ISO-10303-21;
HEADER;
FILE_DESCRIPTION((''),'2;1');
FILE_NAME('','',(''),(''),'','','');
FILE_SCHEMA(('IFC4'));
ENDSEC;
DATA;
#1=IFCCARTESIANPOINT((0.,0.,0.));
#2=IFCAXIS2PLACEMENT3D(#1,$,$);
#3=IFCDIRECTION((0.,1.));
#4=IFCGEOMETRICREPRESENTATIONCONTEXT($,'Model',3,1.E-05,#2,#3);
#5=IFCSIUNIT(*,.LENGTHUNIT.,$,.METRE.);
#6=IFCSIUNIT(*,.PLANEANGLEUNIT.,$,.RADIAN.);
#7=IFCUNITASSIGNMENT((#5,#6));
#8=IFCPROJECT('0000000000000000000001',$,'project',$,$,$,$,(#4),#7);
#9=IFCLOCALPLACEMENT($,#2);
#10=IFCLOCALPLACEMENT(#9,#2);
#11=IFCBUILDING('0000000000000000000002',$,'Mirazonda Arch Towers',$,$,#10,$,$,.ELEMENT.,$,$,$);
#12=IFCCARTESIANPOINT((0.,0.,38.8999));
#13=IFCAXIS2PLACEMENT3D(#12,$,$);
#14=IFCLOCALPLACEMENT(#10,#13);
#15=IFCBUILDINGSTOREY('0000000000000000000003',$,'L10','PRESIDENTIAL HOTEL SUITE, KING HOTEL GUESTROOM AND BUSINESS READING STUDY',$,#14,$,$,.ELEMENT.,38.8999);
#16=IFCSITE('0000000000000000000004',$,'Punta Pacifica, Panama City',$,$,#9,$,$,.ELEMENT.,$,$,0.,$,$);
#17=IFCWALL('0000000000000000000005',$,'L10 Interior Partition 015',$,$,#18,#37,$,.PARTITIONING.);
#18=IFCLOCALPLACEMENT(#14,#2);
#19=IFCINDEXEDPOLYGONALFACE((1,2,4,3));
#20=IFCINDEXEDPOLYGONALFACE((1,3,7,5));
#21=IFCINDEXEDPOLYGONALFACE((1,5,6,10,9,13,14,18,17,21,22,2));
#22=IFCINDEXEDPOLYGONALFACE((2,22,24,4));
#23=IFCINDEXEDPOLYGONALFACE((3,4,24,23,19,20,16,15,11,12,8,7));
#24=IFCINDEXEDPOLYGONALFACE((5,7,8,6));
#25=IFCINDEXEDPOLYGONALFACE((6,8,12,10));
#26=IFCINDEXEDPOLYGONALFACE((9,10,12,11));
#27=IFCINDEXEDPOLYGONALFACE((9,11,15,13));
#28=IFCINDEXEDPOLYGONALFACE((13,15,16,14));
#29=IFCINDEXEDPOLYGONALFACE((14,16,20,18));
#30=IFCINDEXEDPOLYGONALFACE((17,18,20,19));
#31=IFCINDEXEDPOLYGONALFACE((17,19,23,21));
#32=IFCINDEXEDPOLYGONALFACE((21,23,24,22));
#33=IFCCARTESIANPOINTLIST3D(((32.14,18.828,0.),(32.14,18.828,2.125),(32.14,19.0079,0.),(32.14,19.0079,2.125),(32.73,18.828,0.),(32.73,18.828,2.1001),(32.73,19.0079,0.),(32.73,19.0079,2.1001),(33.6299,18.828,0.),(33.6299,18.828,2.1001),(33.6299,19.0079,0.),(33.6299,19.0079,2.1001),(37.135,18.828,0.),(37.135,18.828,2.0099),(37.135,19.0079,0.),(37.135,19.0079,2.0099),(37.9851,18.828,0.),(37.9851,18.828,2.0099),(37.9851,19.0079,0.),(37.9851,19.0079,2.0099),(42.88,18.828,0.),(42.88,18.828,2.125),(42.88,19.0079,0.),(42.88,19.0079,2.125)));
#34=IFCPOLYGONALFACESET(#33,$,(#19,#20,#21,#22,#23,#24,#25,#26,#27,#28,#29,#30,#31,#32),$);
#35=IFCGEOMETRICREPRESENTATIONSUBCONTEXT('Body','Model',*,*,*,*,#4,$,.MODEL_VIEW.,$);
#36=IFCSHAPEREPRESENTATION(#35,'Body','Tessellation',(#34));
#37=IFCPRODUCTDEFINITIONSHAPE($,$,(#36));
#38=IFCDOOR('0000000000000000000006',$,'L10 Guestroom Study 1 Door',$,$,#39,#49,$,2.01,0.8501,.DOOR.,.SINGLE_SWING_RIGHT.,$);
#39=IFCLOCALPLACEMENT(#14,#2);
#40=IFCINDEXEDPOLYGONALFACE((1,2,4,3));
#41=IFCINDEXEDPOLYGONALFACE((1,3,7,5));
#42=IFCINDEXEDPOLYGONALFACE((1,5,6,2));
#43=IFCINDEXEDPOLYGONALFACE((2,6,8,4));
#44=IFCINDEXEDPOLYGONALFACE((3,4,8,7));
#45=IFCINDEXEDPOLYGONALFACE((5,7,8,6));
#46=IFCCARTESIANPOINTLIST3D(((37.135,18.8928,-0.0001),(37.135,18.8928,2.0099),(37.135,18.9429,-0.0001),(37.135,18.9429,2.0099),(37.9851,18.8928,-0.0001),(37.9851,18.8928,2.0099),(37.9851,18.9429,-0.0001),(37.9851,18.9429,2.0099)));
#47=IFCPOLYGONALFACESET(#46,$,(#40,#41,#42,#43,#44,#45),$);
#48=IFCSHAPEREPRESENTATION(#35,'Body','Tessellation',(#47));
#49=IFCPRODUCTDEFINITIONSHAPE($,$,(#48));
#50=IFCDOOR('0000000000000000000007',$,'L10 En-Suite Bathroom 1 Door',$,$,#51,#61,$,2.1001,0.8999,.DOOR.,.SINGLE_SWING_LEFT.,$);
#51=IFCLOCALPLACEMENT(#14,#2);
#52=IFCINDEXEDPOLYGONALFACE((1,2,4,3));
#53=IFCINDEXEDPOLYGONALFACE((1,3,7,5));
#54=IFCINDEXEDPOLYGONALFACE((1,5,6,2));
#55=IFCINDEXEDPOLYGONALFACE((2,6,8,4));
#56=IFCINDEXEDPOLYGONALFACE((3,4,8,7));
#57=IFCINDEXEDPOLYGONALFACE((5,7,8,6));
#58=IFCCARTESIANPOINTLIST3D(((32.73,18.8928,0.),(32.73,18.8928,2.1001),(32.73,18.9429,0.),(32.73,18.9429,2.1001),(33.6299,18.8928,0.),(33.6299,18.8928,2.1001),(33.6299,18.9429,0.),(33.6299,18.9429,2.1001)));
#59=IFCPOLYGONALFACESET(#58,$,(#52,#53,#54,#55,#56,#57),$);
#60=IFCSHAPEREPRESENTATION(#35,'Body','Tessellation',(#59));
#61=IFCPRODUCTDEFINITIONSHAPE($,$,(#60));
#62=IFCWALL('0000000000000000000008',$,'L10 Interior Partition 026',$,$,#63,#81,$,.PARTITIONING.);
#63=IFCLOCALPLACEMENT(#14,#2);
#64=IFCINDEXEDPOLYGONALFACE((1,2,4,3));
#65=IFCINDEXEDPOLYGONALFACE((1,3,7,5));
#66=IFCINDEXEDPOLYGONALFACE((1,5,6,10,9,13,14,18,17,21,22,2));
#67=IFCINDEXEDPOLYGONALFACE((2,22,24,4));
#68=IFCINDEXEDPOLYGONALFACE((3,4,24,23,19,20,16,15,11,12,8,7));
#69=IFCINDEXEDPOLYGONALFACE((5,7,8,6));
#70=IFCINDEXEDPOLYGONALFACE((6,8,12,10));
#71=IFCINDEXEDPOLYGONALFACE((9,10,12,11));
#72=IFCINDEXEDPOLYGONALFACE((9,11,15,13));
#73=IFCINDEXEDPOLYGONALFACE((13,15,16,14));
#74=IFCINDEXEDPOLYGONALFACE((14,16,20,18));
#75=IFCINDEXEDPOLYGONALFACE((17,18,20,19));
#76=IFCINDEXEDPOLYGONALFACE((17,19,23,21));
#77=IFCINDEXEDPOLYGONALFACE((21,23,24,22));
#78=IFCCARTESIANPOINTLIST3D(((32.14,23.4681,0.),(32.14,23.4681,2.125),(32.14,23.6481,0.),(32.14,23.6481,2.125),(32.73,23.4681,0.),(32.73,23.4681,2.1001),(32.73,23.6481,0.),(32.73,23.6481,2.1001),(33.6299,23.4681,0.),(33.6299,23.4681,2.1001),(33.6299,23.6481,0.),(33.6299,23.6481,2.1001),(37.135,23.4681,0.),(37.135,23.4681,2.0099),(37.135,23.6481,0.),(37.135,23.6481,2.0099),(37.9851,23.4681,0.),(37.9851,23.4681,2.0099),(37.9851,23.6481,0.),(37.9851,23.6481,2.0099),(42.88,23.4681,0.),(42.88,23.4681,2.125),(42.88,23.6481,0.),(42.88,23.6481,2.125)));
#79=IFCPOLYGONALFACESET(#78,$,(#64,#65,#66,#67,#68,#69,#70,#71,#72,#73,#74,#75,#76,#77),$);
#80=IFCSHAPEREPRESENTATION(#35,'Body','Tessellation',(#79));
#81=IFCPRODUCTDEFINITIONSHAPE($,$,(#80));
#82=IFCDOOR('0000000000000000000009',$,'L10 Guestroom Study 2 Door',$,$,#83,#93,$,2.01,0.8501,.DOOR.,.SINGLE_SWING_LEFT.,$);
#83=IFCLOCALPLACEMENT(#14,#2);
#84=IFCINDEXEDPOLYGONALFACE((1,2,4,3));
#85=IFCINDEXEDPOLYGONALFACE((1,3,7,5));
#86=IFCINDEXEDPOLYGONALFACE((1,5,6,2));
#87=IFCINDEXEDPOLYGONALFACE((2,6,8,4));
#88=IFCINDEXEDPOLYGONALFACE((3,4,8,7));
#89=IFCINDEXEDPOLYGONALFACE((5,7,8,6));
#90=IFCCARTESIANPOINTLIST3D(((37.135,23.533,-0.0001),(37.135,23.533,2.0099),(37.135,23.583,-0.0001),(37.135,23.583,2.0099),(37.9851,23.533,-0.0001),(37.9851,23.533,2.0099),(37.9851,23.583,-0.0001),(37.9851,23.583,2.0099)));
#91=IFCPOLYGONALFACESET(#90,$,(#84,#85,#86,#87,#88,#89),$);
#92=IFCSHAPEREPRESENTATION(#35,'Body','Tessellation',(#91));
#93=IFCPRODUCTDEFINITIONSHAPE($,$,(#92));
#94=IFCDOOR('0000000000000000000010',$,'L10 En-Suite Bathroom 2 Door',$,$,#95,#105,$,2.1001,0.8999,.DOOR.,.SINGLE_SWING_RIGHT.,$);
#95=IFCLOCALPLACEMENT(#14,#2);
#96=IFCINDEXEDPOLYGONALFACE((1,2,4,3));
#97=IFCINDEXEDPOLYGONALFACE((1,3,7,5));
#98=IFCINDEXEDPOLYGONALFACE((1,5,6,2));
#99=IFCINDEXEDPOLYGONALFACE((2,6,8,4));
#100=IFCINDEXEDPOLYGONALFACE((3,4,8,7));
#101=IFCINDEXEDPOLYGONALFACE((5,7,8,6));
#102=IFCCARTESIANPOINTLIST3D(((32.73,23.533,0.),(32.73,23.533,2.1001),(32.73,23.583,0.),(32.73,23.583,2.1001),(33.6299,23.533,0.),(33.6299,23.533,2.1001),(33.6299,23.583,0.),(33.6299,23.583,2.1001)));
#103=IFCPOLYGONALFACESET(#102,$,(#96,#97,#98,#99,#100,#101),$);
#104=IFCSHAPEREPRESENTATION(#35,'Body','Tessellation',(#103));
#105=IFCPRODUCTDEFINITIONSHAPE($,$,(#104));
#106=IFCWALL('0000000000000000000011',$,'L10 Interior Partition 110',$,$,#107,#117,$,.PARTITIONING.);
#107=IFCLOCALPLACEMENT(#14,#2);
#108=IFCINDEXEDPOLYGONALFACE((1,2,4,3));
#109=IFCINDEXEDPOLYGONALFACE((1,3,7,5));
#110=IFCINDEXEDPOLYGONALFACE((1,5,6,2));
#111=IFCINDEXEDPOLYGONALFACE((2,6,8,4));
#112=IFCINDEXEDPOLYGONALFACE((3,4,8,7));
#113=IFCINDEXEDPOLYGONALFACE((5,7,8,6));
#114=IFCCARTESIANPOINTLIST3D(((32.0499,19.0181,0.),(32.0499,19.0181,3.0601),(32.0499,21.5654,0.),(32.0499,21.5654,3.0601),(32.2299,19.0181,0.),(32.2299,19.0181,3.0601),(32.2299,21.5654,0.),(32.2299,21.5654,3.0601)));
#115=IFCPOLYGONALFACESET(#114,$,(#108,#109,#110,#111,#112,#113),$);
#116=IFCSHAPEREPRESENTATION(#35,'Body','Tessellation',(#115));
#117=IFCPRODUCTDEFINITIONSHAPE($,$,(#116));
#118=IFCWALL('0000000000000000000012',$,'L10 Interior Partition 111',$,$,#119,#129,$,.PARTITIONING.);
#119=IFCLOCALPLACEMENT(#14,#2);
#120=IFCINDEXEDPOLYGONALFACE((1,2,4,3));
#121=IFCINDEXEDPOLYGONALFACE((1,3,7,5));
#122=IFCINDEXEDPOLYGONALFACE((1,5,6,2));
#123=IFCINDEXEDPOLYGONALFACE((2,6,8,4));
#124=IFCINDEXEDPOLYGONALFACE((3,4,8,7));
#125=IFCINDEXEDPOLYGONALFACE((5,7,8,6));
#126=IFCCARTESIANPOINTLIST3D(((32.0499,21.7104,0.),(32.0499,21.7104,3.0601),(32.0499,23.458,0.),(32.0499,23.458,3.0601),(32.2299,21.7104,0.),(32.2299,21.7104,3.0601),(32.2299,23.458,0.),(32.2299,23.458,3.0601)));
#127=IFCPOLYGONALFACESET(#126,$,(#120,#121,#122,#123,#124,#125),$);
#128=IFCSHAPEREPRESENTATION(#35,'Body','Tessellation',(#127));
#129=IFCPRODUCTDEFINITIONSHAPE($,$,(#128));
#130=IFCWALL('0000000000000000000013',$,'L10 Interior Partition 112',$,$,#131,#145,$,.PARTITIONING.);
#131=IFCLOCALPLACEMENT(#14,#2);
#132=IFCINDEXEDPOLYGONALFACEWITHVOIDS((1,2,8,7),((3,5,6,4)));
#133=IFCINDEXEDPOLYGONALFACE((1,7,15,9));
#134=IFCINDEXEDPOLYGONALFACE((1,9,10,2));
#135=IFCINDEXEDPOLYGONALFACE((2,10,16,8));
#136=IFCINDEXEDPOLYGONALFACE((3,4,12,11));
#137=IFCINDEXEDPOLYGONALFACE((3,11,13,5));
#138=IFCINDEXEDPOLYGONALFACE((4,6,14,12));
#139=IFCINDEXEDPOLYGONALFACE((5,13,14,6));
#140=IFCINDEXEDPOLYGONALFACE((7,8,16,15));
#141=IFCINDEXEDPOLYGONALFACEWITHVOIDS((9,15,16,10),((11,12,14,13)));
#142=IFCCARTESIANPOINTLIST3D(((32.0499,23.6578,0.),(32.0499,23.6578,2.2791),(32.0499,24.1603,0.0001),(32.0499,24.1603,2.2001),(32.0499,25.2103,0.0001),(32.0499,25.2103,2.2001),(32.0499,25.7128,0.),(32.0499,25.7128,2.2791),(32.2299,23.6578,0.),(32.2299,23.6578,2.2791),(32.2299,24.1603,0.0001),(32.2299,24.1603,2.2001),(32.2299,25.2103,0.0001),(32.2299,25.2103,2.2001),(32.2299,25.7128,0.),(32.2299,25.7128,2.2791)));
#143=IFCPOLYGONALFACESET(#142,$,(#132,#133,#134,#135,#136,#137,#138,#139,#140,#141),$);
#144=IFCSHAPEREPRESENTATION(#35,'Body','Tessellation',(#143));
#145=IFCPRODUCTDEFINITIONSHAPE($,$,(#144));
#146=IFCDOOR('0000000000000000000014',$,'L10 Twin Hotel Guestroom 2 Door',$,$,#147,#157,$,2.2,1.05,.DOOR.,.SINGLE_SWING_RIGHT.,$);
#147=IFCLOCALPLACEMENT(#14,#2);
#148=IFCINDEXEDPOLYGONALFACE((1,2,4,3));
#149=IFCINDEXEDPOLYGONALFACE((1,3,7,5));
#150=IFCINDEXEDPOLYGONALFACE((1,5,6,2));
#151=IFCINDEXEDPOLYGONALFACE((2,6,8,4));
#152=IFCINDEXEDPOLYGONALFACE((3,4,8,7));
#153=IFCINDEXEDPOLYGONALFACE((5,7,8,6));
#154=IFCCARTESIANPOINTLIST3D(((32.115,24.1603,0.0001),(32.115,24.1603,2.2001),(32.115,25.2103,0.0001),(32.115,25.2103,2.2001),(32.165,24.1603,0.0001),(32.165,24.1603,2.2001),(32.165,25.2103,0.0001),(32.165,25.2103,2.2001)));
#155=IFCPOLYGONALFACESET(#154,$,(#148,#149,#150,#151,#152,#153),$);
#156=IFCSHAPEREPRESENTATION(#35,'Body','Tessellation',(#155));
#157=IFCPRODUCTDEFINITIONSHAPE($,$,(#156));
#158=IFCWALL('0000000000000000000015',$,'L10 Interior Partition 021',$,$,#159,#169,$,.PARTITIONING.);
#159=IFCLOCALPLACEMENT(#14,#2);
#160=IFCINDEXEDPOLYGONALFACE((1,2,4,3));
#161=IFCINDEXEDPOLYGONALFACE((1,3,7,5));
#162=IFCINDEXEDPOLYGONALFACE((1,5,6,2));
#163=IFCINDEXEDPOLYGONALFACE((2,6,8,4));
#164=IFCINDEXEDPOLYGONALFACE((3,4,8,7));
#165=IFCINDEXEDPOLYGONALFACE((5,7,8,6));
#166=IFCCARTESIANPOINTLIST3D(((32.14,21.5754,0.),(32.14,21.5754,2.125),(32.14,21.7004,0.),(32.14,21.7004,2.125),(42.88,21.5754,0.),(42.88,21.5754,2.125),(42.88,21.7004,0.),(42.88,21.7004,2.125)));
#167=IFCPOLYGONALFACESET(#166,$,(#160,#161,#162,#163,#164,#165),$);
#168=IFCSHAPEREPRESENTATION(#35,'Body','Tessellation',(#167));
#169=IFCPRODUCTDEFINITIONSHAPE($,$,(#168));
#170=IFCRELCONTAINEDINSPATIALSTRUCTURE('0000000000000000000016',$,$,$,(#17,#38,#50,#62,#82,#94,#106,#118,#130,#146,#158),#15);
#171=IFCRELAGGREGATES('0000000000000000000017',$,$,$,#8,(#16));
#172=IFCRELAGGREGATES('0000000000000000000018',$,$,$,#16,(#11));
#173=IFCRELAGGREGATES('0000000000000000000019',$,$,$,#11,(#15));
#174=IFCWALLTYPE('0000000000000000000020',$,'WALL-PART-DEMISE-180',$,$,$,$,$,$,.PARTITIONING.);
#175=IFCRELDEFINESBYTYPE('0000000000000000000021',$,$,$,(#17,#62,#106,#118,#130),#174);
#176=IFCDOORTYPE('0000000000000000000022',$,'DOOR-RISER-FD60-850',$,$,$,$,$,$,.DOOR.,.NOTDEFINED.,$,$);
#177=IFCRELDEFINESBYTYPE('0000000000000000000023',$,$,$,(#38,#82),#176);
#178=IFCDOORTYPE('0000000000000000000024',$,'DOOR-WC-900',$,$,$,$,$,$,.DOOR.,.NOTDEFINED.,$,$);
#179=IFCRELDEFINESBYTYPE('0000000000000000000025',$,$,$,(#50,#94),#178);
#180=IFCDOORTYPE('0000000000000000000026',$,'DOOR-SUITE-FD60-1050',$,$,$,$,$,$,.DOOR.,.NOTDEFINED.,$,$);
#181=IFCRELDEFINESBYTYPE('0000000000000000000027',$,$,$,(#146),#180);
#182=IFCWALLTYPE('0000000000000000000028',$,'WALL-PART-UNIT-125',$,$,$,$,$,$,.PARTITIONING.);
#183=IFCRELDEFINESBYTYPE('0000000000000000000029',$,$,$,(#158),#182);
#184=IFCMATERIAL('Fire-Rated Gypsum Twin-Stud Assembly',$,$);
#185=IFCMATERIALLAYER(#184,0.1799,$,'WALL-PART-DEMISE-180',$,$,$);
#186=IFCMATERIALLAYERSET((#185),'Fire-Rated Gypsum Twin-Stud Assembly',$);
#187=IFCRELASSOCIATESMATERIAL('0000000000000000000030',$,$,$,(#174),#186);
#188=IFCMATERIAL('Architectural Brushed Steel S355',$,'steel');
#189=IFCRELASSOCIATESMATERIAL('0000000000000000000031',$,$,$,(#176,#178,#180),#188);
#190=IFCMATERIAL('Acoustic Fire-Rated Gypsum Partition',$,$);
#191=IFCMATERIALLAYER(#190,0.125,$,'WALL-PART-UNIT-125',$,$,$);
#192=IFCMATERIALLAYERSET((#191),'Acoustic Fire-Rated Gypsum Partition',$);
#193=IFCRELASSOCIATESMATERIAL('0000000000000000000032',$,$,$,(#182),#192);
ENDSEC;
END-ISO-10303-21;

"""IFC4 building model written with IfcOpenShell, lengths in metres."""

from ifc_helpers import new_model, si_unit, direction, frame, frame_2d, origin, place, context, subcontext, project, spatial, rectangle, extrude, material, layer, layer_set, type_object, element, fill, save


model = new_model("IFC4")

# Units and contexts
model_context = context("Model", 3, precision=1e-05, world=origin(), true_north=direction((0.0, 1.0)))
body_context = subcontext(model_context, "Body", "Model", "MODEL_VIEW")
ifc_project = project(units=[si_unit("LENGTHUNIT", "METRE"), si_unit("PLANEANGLEUNIT", "RADIAN")], contexts=[model_context])

# Site, building, storey
site_placement = place(None, origin())
site = spatial("IfcSite", under=ifc_project, at=site_placement, Name="Punta Pacifica, Panama City", CompositionType="ELEMENT", RefElevation=0.0)
building_placement = place(site_placement, origin())
building = spatial("IfcBuilding", under=site, at=building_placement, Name="Mirazonda Arch Towers", CompositionType="ELEMENT")
storey_placement = place(building_placement, frame((0.0, 0.0, 38.8999)))
storey = spatial("IfcBuildingStorey", under=building, at=storey_placement, Name="L10", Description="PRESIDENTIAL HOTEL SUITE, KING HOTEL GUESTROOM AND BUSINESS READING STUDY", CompositionType="ELEMENT", Elevation=38.8999)

# Walls, openings, doors
ifc_material_1 = material(Name="Fire-Rated Gypsum Twin-Stud Assembly")
ifc_layer_1 = layer(ifc_material_1, 0.1799, Name="WALL-PART-DEMISE-180")
ifc_layer_set_1 = layer_set([ifc_layer_1], Name="Fire-Rated Gypsum Twin-Stud Assembly")
wall_type_1 = type_object("IfcWallType", Name="WALL-PART-DEMISE-180", PredefinedType="PARTITIONING", material=ifc_layer_set_1)
wall_1_placement = place(storey_placement, frame((32.1399, 18.918, 0.0), z_axis=(0.0, 0.0, 1.0), x_axis=(1.0, 0.0, 0.0)))
wall_1 = element("IfcWall", 1, at=wall_1_placement, inside=storey, type_object=wall_type_1, Name="L10 Interior Partition 015", PredefinedType="PARTITIONING", context=body_context, shape_type="SweptSolid", body=[
    extrude(rectangle(XDim=10.74, YDim=0.1799, at=frame_2d((5.3701, 0.0))), origin(), (0.0, 0.0, 1.0), 2.125),
])
opening_1_placement = place(wall_1_placement, frame((4.9951, 0.0, 0.0)))
opening_1 = element("IfcOpeningElement", 2, at=opening_1_placement, cuts=wall_1, PredefinedType="OPENING", context=body_context, shape_type="SweptSolid", body=[
    extrude(rectangle(XDim=0.8501, YDim=2.01, at=frame_2d((0.425, 1.0049))), frame((0.0, 0.0999, 0.0), z_axis=(0.0, -1.0, 0.0), x_axis=(1.0, 0.0, 0.0)), (0.0, 0.0, 1.0), 0.2),
])
opening_2_placement = place(wall_1_placement, frame((0.5901, 0.0, 0.0)))
opening_2 = element("IfcOpeningElement", 3, at=opening_2_placement, cuts=wall_1, PredefinedType="OPENING", context=body_context, shape_type="SweptSolid", body=[
    extrude(rectangle(XDim=0.8999, YDim=2.1001, at=frame_2d((0.45, 1.05))), frame((0.0, 0.0999, 0.0), z_axis=(0.0, -1.0, 0.0), x_axis=(1.0, 0.0, 0.0)), (0.0, 0.0, 1.0), 0.2),
])
ifc_material_2 = material(Name="Architectural Brushed Steel S355", Category="steel")
door_type_1 = type_object("IfcDoorType", Name="DOOR-RISER-FD60-850", OperationType="NOTDEFINED", PredefinedType="DOOR", material=ifc_material_2)
door_1_placement = place(opening_1_placement, origin())
door_1 = element("IfcDoor", 4, at=door_1_placement, inside=storey, type_object=door_type_1, Name="L10 Guestroom Study 1 Door", OperationType="SINGLE_SWING_RIGHT", OverallHeight=2.01, OverallWidth=0.8501, PredefinedType="DOOR", context=body_context, shape_type="SweptSolid", body=[
    extrude(rectangle(XDim=0.8501, YDim=2.01, at=frame_2d((0.425, 1.0049))), frame((0.0, 0.0249, 0.0), z_axis=(0.0, -1.0, 0.0), x_axis=(1.0, 0.0, 0.0)), (0.0, 0.0, 1.0), 0.05),
])
fill(opening_1, door_1)
door_type_2 = type_object("IfcDoorType", Name="DOOR-WC-900", OperationType="NOTDEFINED", PredefinedType="DOOR", material=ifc_material_2)
door_2_placement = place(opening_2_placement, origin())
door_2 = element("IfcDoor", 5, at=door_2_placement, inside=storey, type_object=door_type_2, Name="L10 En-Suite Bathroom 1 Door", OperationType="SINGLE_SWING_LEFT", OverallHeight=2.1001, OverallWidth=0.8999, PredefinedType="DOOR", context=body_context, shape_type="SweptSolid", body=[
    extrude(rectangle(XDim=0.8999, YDim=2.1001, at=frame_2d((0.45, 1.05))), frame((0.0, 0.0249, 0.0), z_axis=(0.0, -1.0, 0.0), x_axis=(1.0, 0.0, 0.0)), (0.0, 0.0, 1.0), 0.05),
])
fill(opening_2, door_2)
wall_2_placement = place(storey_placement, frame((32.1399, 23.5581, 0.0), z_axis=(0.0, 0.0, 1.0), x_axis=(1.0, 0.0, 0.0)))
wall_2 = element("IfcWall", 6, at=wall_2_placement, inside=storey, type_object=wall_type_1, Name="L10 Interior Partition 026", PredefinedType="PARTITIONING", context=body_context, shape_type="SweptSolid", body=[
    extrude(rectangle(XDim=10.74, YDim=0.1799, at=frame_2d((5.3701, 0.0))), origin(), (0.0, 0.0, 1.0), 2.125),
])
opening_3_placement = place(wall_2_placement, frame((4.9951, 0.0, 0.0)))
opening_3 = element("IfcOpeningElement", 7, at=opening_3_placement, cuts=wall_2, PredefinedType="OPENING", context=body_context, shape_type="SweptSolid", body=[
    extrude(rectangle(XDim=0.8501, YDim=2.01, at=frame_2d((0.425, 1.0049))), frame((0.0, 0.0999, 0.0), z_axis=(0.0, -1.0, 0.0), x_axis=(1.0, 0.0, 0.0)), (0.0, 0.0, 1.0), 0.2),
])
opening_4_placement = place(wall_2_placement, frame((0.5901, 0.0, 0.0)))
opening_4 = element("IfcOpeningElement", 8, at=opening_4_placement, cuts=wall_2, PredefinedType="OPENING", context=body_context, shape_type="SweptSolid", body=[
    extrude(rectangle(XDim=0.8999, YDim=2.1001, at=frame_2d((0.45, 1.05))), frame((0.0, 0.0999, 0.0), z_axis=(0.0, -1.0, 0.0), x_axis=(1.0, 0.0, 0.0)), (0.0, 0.0, 1.0), 0.2),
])
door_3_placement = place(opening_3_placement, origin())
door_3 = element("IfcDoor", 9, at=door_3_placement, inside=storey, type_object=door_type_1, Name="L10 Guestroom Study 2 Door", OperationType="SINGLE_SWING_LEFT", OverallHeight=2.01, OverallWidth=0.8501, PredefinedType="DOOR", context=body_context, shape_type="SweptSolid", body=[
    extrude(rectangle(XDim=0.8501, YDim=2.01, at=frame_2d((0.425, 1.0049))), frame((0.0, 0.0249, 0.0), z_axis=(0.0, -1.0, 0.0), x_axis=(1.0, 0.0, 0.0)), (0.0, 0.0, 1.0), 0.05),
])
fill(opening_3, door_3)
door_4_placement = place(opening_4_placement, origin())
door_4 = element("IfcDoor", 10, at=door_4_placement, inside=storey, type_object=door_type_2, Name="L10 En-Suite Bathroom 2 Door", OperationType="SINGLE_SWING_RIGHT", OverallHeight=2.1001, OverallWidth=0.8999, PredefinedType="DOOR", context=body_context, shape_type="SweptSolid", body=[
    extrude(rectangle(XDim=0.8999, YDim=2.1001, at=frame_2d((0.45, 1.05))), frame((0.0, 0.0249, 0.0), z_axis=(0.0, -1.0, 0.0), x_axis=(1.0, 0.0, 0.0)), (0.0, 0.0, 1.0), 0.05),
])
fill(opening_4, door_4)

# Walls
wall_3_placement = place(storey_placement, frame((32.1399, 19.0181, 0.0), z_axis=(0.0, 0.0, 1.0), x_axis=(0.0, 1.0, 0.0)))
element("IfcWall", 11, at=wall_3_placement, inside=storey, type_object=wall_type_1, Name="L10 Interior Partition 110", PredefinedType="PARTITIONING", context=body_context, shape_type="SweptSolid", body=[
    extrude(rectangle(XDim=2.5474, YDim=0.1799, at=frame_2d((1.2737, 0.0))), origin(), (0.0, 0.0, 1.0), 3.0601),
])
wall_4_placement = place(storey_placement, frame((32.1399, 21.7104, 0.0), z_axis=(0.0, 0.0, 1.0), x_axis=(0.0, 1.0, 0.0)))
element("IfcWall", 12, at=wall_4_placement, inside=storey, type_object=wall_type_1, Name="L10 Interior Partition 111", PredefinedType="PARTITIONING", context=body_context, shape_type="SweptSolid", body=[
    extrude(rectangle(XDim=1.7476, YDim=0.1799, at=frame_2d((0.8738, 0.0))), origin(), (0.0, 0.0, 1.0), 3.0601),
])

# Wall, opening, door
wall_5_placement = place(storey_placement, frame((32.1399, 23.658, 0.0), z_axis=(0.0, 0.0, 1.0), x_axis=(0.0, 1.0, 0.0)))
wall_5 = element("IfcWall", 13, at=wall_5_placement, inside=storey, type_object=wall_type_1, Name="L10 Interior Partition 112", PredefinedType="PARTITIONING", context=body_context, shape_type="SweptSolid", body=[
    extrude(rectangle(XDim=2.0549, YDim=0.1799, at=frame_2d((1.0273, 0.0))), origin(), (0.0, 0.0, 1.0), 2.2791),
])
opening_5_placement = place(wall_5_placement, frame((0.5024, 0.0, 0.0)))
opening_5 = element("IfcOpeningElement", 14, at=opening_5_placement, cuts=wall_5, PredefinedType="OPENING", context=body_context, shape_type="SweptSolid", body=[
    extrude(rectangle(XDim=1.05, YDim=2.2, at=frame_2d((0.5249, 1.1001))), frame((0.0, 0.0999, 0.0), z_axis=(0.0, -1.0, 0.0), x_axis=(1.0, 0.0, 0.0)), (0.0, 0.0, 1.0), 0.2),
])
door_type_3 = type_object("IfcDoorType", Name="DOOR-SUITE-FD60-1050", OperationType="NOTDEFINED", PredefinedType="DOOR", material=ifc_material_2)
door_5_placement = place(opening_5_placement, origin())
door_5 = element("IfcDoor", 15, at=door_5_placement, inside=storey, type_object=door_type_3, Name="L10 Twin Hotel Guestroom 2 Door", OperationType="SINGLE_SWING_RIGHT", OverallHeight=2.2, OverallWidth=1.05, PredefinedType="DOOR", context=body_context, shape_type="SweptSolid", body=[
    extrude(rectangle(XDim=1.05, YDim=2.2, at=frame_2d((0.5249, 1.1001))), frame((0.0, 0.0249, 0.0), z_axis=(0.0, -1.0, 0.0), x_axis=(1.0, 0.0, 0.0)), (0.0, 0.0, 1.0), 0.05),
])
fill(opening_5, door_5)

# Wall
ifc_material_3 = material(Name="Acoustic Fire-Rated Gypsum Partition")
ifc_layer_2 = layer(ifc_material_3, 0.125, Name="WALL-PART-UNIT-125")
ifc_layer_set_2 = layer_set([ifc_layer_2], Name="Acoustic Fire-Rated Gypsum Partition")
wall_type_2 = type_object("IfcWallType", Name="WALL-PART-UNIT-125", PredefinedType="PARTITIONING", material=ifc_layer_set_2)
wall_6_placement = place(storey_placement, frame((32.1399, 21.6379, 0.0), z_axis=(0.0, 0.0, 1.0), x_axis=(1.0, 0.0, 0.0)))
element("IfcWall", 16, at=wall_6_placement, inside=storey, type_object=wall_type_2, Name="L10 Interior Partition 021", PredefinedType="PARTITIONING", context=body_context, shape_type="SweptSolid", body=[
    extrude(rectangle(XDim=10.74, YDim=0.125, at=frame_2d((5.3701, 0.0))), origin(), (0.0, 0.0, 1.0), 2.125),
])

save(model, "model.ifc")
